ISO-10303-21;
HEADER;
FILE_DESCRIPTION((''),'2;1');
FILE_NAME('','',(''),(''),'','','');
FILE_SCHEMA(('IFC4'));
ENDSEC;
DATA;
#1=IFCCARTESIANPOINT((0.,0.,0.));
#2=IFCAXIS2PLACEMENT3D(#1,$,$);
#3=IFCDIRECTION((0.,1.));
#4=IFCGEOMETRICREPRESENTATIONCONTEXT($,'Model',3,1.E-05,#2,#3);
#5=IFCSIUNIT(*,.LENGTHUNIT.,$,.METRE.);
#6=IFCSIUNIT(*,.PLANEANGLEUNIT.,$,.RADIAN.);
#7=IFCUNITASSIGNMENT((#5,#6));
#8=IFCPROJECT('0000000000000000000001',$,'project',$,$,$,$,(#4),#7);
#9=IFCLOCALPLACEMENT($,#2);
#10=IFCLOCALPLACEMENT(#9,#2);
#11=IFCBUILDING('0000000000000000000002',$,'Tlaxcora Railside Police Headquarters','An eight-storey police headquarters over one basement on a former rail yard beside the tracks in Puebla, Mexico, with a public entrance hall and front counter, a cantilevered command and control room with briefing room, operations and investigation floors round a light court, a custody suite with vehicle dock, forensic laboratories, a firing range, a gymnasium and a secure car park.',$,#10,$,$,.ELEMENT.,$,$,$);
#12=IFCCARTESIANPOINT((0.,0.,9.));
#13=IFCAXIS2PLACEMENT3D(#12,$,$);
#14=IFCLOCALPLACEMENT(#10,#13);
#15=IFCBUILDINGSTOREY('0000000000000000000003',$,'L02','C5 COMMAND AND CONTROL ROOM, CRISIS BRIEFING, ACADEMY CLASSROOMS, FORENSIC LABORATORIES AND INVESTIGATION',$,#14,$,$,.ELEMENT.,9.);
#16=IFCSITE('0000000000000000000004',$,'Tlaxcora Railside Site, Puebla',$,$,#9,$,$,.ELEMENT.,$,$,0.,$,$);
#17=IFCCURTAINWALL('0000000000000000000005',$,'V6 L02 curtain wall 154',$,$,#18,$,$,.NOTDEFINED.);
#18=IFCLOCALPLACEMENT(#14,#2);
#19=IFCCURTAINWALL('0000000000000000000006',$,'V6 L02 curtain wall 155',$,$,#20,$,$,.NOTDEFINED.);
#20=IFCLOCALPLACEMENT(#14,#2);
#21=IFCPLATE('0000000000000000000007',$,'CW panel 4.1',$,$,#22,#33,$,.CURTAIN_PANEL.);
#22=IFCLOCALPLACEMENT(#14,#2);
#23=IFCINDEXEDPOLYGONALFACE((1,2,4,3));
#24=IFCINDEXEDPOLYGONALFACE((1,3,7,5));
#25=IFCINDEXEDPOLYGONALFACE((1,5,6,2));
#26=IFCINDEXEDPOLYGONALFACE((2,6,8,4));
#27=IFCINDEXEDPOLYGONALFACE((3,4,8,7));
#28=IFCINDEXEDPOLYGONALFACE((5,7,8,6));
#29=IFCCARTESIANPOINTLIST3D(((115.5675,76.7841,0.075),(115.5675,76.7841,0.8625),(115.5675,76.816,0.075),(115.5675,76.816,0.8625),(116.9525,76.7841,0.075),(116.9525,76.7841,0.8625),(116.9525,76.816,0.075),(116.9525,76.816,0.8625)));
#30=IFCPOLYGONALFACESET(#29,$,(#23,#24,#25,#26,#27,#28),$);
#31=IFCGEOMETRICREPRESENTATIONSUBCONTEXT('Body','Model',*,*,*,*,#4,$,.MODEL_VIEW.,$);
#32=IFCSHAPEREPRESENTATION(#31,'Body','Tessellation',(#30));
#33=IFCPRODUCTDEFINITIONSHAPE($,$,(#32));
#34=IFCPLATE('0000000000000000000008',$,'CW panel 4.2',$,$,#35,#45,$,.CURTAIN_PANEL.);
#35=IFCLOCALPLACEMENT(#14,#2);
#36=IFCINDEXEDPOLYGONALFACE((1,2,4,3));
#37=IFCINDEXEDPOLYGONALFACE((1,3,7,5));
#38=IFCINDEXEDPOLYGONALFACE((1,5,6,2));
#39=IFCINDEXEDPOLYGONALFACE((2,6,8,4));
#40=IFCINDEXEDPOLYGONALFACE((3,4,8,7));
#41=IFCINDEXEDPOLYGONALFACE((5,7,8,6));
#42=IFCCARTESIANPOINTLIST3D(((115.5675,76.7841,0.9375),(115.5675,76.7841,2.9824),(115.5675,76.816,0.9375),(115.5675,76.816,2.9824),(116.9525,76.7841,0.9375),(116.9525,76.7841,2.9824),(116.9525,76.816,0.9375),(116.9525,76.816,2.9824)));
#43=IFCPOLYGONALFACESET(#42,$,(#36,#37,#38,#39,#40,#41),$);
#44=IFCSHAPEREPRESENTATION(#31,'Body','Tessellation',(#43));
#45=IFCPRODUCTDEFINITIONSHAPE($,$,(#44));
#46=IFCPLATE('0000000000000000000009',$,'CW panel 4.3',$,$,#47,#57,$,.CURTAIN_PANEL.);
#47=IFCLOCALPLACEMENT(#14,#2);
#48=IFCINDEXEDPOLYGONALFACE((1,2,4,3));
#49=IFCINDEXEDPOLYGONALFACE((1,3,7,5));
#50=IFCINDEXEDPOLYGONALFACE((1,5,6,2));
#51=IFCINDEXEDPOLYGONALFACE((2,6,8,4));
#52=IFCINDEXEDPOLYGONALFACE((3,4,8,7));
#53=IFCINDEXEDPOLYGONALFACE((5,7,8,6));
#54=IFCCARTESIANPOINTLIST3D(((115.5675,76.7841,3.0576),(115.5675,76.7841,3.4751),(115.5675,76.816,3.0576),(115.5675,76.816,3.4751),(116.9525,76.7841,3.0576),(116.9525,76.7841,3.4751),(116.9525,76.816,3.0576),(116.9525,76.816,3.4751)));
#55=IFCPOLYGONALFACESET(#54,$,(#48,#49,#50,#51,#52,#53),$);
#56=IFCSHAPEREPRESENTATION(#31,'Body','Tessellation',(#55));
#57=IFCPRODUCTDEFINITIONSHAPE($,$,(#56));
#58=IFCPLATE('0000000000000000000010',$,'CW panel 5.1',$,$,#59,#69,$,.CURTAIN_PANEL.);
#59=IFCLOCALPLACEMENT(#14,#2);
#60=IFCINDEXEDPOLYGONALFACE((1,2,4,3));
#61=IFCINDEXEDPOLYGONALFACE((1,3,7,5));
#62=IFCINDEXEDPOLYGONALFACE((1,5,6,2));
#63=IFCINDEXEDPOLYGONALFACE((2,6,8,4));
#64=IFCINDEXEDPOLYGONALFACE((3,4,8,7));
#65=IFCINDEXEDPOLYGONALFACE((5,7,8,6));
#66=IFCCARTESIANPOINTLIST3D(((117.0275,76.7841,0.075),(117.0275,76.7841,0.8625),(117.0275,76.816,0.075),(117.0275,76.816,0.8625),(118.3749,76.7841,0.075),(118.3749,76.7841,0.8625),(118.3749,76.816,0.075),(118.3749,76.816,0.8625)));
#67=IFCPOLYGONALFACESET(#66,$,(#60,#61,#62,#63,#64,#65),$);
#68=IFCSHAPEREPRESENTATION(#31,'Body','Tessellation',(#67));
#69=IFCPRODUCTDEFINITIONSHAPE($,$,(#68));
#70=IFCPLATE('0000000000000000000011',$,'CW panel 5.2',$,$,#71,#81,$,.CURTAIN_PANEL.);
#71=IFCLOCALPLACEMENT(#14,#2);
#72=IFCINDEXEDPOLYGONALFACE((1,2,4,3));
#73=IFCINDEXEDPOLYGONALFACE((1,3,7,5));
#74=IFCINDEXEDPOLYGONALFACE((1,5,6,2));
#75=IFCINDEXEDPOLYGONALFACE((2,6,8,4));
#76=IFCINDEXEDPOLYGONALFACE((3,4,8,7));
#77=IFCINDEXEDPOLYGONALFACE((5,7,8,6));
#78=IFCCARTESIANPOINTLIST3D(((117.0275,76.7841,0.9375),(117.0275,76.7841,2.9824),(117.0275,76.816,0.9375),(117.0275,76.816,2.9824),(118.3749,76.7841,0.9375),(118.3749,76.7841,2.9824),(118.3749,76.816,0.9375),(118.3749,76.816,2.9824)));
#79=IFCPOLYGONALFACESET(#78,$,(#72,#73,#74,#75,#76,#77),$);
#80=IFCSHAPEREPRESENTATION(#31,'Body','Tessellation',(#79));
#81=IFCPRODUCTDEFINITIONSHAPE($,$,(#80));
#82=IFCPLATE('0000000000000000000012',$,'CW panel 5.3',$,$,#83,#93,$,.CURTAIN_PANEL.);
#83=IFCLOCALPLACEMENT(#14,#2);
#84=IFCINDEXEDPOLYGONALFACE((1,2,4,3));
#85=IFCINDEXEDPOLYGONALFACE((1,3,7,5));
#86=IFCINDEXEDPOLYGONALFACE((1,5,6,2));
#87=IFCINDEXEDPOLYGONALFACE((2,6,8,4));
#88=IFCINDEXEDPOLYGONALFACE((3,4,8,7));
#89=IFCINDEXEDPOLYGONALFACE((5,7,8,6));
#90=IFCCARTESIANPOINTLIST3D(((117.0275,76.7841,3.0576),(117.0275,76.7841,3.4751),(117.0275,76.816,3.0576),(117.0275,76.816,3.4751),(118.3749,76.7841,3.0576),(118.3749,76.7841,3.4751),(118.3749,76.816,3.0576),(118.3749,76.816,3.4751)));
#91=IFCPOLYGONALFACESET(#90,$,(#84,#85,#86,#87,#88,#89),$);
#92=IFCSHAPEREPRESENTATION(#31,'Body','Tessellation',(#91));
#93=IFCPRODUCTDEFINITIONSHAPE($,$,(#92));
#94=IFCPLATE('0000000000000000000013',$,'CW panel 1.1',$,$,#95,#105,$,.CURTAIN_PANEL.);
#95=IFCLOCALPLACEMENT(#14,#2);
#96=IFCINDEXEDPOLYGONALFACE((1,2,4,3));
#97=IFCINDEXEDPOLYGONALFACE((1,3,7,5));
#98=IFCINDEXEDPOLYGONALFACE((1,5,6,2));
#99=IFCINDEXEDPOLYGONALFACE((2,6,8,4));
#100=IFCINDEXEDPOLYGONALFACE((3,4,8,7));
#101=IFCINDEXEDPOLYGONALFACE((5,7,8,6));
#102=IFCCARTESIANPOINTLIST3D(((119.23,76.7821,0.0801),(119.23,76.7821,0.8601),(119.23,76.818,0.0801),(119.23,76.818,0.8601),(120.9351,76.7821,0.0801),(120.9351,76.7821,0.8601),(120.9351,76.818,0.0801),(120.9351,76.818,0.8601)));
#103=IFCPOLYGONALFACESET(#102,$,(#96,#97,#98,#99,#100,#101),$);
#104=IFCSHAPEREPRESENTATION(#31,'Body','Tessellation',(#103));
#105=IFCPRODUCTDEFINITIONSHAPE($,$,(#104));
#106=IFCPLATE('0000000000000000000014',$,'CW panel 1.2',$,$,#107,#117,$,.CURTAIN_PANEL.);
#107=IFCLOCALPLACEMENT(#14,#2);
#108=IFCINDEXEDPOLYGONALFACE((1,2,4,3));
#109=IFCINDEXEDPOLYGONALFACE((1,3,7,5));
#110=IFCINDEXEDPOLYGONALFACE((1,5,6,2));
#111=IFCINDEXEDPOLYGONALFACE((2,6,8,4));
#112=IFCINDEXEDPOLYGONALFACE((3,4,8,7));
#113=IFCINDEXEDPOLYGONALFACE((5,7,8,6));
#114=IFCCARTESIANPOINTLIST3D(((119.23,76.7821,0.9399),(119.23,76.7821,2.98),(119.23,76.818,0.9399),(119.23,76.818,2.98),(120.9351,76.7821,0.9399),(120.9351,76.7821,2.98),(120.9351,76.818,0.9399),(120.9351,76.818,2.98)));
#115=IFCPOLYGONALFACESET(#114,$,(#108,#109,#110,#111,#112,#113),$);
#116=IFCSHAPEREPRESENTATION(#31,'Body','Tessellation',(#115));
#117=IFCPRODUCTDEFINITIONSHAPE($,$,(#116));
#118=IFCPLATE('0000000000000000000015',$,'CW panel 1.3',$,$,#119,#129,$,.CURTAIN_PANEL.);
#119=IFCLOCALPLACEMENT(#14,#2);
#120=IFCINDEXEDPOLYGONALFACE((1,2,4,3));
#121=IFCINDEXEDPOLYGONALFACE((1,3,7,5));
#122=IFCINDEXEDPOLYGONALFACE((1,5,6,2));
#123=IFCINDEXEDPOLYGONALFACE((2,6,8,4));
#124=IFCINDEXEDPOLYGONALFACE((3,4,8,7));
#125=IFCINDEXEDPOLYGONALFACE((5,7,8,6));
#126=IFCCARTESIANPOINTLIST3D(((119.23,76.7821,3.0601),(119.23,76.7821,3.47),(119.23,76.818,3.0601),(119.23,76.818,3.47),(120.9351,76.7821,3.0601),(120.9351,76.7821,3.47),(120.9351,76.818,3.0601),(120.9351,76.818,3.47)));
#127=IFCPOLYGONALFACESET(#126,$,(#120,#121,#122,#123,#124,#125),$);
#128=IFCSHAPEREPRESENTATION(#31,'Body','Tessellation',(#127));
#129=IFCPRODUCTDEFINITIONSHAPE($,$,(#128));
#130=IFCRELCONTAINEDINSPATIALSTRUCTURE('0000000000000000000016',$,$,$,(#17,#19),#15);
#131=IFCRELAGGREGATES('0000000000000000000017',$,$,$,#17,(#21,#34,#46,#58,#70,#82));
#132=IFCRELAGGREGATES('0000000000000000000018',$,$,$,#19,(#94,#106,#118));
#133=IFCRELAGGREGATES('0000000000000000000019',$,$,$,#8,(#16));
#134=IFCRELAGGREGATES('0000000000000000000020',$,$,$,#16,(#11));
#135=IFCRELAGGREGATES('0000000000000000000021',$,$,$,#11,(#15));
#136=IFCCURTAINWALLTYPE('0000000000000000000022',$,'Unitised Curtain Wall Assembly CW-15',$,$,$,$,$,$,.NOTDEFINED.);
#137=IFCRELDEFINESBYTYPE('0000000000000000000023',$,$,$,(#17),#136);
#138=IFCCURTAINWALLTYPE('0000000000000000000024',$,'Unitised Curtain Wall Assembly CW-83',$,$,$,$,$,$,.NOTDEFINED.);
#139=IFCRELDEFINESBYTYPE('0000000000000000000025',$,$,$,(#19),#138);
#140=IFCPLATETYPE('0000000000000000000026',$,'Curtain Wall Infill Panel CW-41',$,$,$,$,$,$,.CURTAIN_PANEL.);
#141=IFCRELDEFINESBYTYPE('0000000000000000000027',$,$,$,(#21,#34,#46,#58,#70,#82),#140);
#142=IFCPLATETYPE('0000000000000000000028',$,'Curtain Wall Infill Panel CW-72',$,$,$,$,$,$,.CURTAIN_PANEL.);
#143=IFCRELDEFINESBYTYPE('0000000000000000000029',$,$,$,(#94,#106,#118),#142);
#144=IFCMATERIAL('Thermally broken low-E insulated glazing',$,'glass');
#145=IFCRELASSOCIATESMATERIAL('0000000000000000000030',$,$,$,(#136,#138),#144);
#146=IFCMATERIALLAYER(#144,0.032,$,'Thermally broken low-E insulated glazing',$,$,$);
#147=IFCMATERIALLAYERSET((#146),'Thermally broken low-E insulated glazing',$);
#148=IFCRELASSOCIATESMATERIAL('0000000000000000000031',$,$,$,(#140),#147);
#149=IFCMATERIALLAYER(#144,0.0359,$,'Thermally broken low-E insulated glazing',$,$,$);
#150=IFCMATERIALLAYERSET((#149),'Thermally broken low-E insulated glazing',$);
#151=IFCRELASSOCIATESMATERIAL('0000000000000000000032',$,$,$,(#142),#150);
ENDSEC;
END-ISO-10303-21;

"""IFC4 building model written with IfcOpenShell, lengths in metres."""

from ifc_helpers import new_model, si_unit, direction, frame, origin, origin_2d, place, context, subcontext, project, spatial, rectangle, extrude, material, layer, layer_set, type_object, element, aggregate, save


model = new_model("IFC4")

# Units and contexts
model_context = context("Model", 3, precision=1e-05, world=origin(), true_north=direction((0.0, 1.0)))
body_context = subcontext(model_context, "Body", "Model", "MODEL_VIEW")
ifc_project = project(units=[si_unit("LENGTHUNIT", "METRE"), si_unit("PLANEANGLEUNIT", "RADIAN")], contexts=[model_context])

# Site, building, storey
site_placement = place(None, origin())
site = spatial("IfcSite", under=ifc_project, at=site_placement, Name="Tlaxcora Railside Site, Puebla", CompositionType="ELEMENT", RefElevation=0.0)
building_placement = place(site_placement, origin())
building = spatial("IfcBuilding", under=site, at=building_placement, Name="Tlaxcora Railside Police Headquarters", Description="An eight-storey police headquarters over one basement on a former rail yard beside the tracks in Puebla, Mexico, with a public entrance hall and front counter, a cantilevered command and control room with briefing room, operations and investigation floors round a light court, a custody suite with vehicle dock, forensic laboratories, a firing range, a gymnasium and a secure car park.", CompositionType="ELEMENT")
storey_placement = place(building_placement, frame((0.0, 0.0, 9.0)))
storey = spatial("IfcBuildingStorey", under=building, at=storey_placement, Name="L02", Description="C5 COMMAND AND CONTROL ROOM, CRISIS BRIEFING, ACADEMY CLASSROOMS, FORENSIC LABORATORIES AND INVESTIGATION", CompositionType="ELEMENT", Elevation=9.0)

# Curtain wall
ifc_material_1 = material(Name="Thermally broken low-E insulated glazing", Category="glass")
curtain_wall_type_1 = type_object("IfcCurtainWallType", Name="Unitised Curtain Wall Assembly CW-15", PredefinedType="NOTDEFINED", material=ifc_material_1)
curtain_wall_1_placement = place(storey_placement, origin())
curtain_wall_1 = element("IfcCurtainWall", 1, at=curtain_wall_1_placement, inside=storey, type_object=curtain_wall_type_1, Name="V6 L02 curtain wall 154", PredefinedType="NOTDEFINED")

# Curtain wall
curtain_wall_type_2 = type_object("IfcCurtainWallType", Name="Unitised Curtain Wall Assembly CW-83", PredefinedType="NOTDEFINED", material=ifc_material_1)
curtain_wall_2_placement = place(storey_placement, origin())
curtain_wall_2 = element("IfcCurtainWall", 2, at=curtain_wall_2_placement, inside=storey, type_object=curtain_wall_type_2, Name="V6 L02 curtain wall 155", PredefinedType="NOTDEFINED")

# Plates
ifc_layer_1 = layer(ifc_material_1, 0.032, Name="Thermally broken low-E insulated glazing")
ifc_layer_set_1 = layer_set([ifc_layer_1], Name="Thermally broken low-E insulated glazing")
plate_type_1 = type_object("IfcPlateType", Name="Curtain Wall Infill Panel CW-41", PredefinedType="CURTAIN_PANEL", material=ifc_layer_set_1)
plate_1_placement = place(storey_placement, frame((116.26, 76.8, 0.075), z_axis=(0.0, 0.0, 1.0), x_axis=(1.0, 0.0, 0.0)))
plate_1 = element("IfcPlate", 3, at=plate_1_placement, type_object=plate_type_1, Name="CW panel 4.1", PredefinedType="CURTAIN_PANEL", context=body_context, shape_type="SweptSolid", body=[
    extrude(rectangle(XDim=1.385, YDim=0.032, at=origin_2d()), origin(), (0.0, 0.0, 1.0), 0.7876),
])
plate_2_placement = place(storey_placement, frame((116.26, 76.8, 0.9375), z_axis=(0.0, 0.0, 1.0), x_axis=(1.0, 0.0, 0.0)))
plate_2 = element("IfcPlate", 4, at=plate_2_placement, type_object=plate_type_1, Name="CW panel 4.2", PredefinedType="CURTAIN_PANEL", context=body_context, shape_type="SweptSolid", body=[
    extrude(rectangle(XDim=1.385, YDim=0.032, at=origin_2d()), origin(), (0.0, 0.0, 1.0), 2.0449),
])
plate_3_placement = place(storey_placement, frame((116.26, 76.8, 3.0576), z_axis=(0.0, 0.0, 1.0), x_axis=(1.0, 0.0, 0.0)))
plate_3 = element("IfcPlate", 5, at=plate_3_placement, type_object=plate_type_1, Name="CW panel 4.3", PredefinedType="CURTAIN_PANEL", context=body_context, shape_type="SweptSolid", body=[
    extrude(rectangle(XDim=1.385, YDim=0.032, at=origin_2d()), origin(), (0.0, 0.0, 1.0), 0.4175),
])
plate_4_placement = place(storey_placement, frame((117.7012, 76.8, 0.075), z_axis=(0.0, 0.0, 1.0), x_axis=(1.0, 0.0, 0.0)))
plate_4 = element("IfcPlate", 6, at=plate_4_placement, type_object=plate_type_1, Name="CW panel 5.1", PredefinedType="CURTAIN_PANEL", context=body_context, shape_type="SweptSolid", body=[
    extrude(rectangle(XDim=1.3474, YDim=0.032, at=origin_2d()), origin(), (0.0, 0.0, 1.0), 0.7876),
])
plate_5_placement = place(storey_placement, frame((117.7012, 76.8, 0.9375), z_axis=(0.0, 0.0, 1.0), x_axis=(1.0, 0.0, 0.0)))
plate_5 = element("IfcPlate", 7, at=plate_5_placement, type_object=plate_type_1, Name="CW panel 5.2", PredefinedType="CURTAIN_PANEL", context=body_context, shape_type="SweptSolid", body=[
    extrude(rectangle(XDim=1.3474, YDim=0.032, at=origin_2d()), origin(), (0.0, 0.0, 1.0), 2.0449),
])
plate_6_placement = place(storey_placement, frame((117.7012, 76.8, 3.0576), z_axis=(0.0, 0.0, 1.0), x_axis=(1.0, 0.0, 0.0)))
plate_6 = element("IfcPlate", 8, at=plate_6_placement, type_object=plate_type_1, Name="CW panel 5.3", PredefinedType="CURTAIN_PANEL", context=body_context, shape_type="SweptSolid", body=[
    extrude(rectangle(XDim=1.3474, YDim=0.032, at=origin_2d()), origin(), (0.0, 0.0, 1.0), 0.4175),
])
aggregate(curtain_wall_1, [plate_1, plate_2, plate_3, plate_4, plate_5, plate_6])
ifc_layer_2 = layer(ifc_material_1, 0.0359, Name="Thermally broken low-E insulated glazing")
ifc_layer_set_2 = layer_set([ifc_layer_2], Name="Thermally broken low-E insulated glazing")
plate_type_2 = type_object("IfcPlateType", Name="Curtain Wall Infill Panel CW-72", PredefinedType="CURTAIN_PANEL", material=ifc_layer_set_2)
plate_7_placement = place(storey_placement, frame((120.0825, 76.8, 0.0801), z_axis=(0.0, 0.0, 1.0), x_axis=(1.0, 0.0, 0.0)))
plate_7 = element("IfcPlate", 9, at=plate_7_placement, type_object=plate_type_2, Name="CW panel 1.1", PredefinedType="CURTAIN_PANEL", context=body_context, shape_type="SweptSolid", body=[
    extrude(rectangle(XDim=1.7051, YDim=0.0359, at=origin_2d()), origin(), (0.0, 0.0, 1.0), 0.78),
])
plate_8_placement = place(storey_placement, frame((120.0825, 76.8, 0.9399), z_axis=(0.0, 0.0, 1.0), x_axis=(1.0, 0.0, 0.0)))
plate_8 = element("IfcPlate", 10, at=plate_8_placement, type_object=plate_type_2, Name="CW panel 1.2", PredefinedType="CURTAIN_PANEL", context=body_context, shape_type="SweptSolid", body=[
    extrude(rectangle(XDim=1.7051, YDim=0.0359, at=origin_2d()), origin(), (0.0, 0.0, 1.0), 2.04),
])
plate_9_placement = place(storey_placement, frame((120.0825, 76.8, 3.0601), z_axis=(0.0, 0.0, 1.0), x_axis=(1.0, 0.0, 0.0)))
plate_9 = element("IfcPlate", 11, at=plate_9_placement, type_object=plate_type_2, Name="CW panel 1.3", PredefinedType="CURTAIN_PANEL", context=body_context, shape_type="SweptSolid", body=[
    extrude(rectangle(XDim=1.7051, YDim=0.0359, at=origin_2d()), origin(), (0.0, 0.0, 1.0), 0.4099),
])
aggregate(curtain_wall_2, [plate_7, plate_8, plate_9])

save(model, "model.ifc")
